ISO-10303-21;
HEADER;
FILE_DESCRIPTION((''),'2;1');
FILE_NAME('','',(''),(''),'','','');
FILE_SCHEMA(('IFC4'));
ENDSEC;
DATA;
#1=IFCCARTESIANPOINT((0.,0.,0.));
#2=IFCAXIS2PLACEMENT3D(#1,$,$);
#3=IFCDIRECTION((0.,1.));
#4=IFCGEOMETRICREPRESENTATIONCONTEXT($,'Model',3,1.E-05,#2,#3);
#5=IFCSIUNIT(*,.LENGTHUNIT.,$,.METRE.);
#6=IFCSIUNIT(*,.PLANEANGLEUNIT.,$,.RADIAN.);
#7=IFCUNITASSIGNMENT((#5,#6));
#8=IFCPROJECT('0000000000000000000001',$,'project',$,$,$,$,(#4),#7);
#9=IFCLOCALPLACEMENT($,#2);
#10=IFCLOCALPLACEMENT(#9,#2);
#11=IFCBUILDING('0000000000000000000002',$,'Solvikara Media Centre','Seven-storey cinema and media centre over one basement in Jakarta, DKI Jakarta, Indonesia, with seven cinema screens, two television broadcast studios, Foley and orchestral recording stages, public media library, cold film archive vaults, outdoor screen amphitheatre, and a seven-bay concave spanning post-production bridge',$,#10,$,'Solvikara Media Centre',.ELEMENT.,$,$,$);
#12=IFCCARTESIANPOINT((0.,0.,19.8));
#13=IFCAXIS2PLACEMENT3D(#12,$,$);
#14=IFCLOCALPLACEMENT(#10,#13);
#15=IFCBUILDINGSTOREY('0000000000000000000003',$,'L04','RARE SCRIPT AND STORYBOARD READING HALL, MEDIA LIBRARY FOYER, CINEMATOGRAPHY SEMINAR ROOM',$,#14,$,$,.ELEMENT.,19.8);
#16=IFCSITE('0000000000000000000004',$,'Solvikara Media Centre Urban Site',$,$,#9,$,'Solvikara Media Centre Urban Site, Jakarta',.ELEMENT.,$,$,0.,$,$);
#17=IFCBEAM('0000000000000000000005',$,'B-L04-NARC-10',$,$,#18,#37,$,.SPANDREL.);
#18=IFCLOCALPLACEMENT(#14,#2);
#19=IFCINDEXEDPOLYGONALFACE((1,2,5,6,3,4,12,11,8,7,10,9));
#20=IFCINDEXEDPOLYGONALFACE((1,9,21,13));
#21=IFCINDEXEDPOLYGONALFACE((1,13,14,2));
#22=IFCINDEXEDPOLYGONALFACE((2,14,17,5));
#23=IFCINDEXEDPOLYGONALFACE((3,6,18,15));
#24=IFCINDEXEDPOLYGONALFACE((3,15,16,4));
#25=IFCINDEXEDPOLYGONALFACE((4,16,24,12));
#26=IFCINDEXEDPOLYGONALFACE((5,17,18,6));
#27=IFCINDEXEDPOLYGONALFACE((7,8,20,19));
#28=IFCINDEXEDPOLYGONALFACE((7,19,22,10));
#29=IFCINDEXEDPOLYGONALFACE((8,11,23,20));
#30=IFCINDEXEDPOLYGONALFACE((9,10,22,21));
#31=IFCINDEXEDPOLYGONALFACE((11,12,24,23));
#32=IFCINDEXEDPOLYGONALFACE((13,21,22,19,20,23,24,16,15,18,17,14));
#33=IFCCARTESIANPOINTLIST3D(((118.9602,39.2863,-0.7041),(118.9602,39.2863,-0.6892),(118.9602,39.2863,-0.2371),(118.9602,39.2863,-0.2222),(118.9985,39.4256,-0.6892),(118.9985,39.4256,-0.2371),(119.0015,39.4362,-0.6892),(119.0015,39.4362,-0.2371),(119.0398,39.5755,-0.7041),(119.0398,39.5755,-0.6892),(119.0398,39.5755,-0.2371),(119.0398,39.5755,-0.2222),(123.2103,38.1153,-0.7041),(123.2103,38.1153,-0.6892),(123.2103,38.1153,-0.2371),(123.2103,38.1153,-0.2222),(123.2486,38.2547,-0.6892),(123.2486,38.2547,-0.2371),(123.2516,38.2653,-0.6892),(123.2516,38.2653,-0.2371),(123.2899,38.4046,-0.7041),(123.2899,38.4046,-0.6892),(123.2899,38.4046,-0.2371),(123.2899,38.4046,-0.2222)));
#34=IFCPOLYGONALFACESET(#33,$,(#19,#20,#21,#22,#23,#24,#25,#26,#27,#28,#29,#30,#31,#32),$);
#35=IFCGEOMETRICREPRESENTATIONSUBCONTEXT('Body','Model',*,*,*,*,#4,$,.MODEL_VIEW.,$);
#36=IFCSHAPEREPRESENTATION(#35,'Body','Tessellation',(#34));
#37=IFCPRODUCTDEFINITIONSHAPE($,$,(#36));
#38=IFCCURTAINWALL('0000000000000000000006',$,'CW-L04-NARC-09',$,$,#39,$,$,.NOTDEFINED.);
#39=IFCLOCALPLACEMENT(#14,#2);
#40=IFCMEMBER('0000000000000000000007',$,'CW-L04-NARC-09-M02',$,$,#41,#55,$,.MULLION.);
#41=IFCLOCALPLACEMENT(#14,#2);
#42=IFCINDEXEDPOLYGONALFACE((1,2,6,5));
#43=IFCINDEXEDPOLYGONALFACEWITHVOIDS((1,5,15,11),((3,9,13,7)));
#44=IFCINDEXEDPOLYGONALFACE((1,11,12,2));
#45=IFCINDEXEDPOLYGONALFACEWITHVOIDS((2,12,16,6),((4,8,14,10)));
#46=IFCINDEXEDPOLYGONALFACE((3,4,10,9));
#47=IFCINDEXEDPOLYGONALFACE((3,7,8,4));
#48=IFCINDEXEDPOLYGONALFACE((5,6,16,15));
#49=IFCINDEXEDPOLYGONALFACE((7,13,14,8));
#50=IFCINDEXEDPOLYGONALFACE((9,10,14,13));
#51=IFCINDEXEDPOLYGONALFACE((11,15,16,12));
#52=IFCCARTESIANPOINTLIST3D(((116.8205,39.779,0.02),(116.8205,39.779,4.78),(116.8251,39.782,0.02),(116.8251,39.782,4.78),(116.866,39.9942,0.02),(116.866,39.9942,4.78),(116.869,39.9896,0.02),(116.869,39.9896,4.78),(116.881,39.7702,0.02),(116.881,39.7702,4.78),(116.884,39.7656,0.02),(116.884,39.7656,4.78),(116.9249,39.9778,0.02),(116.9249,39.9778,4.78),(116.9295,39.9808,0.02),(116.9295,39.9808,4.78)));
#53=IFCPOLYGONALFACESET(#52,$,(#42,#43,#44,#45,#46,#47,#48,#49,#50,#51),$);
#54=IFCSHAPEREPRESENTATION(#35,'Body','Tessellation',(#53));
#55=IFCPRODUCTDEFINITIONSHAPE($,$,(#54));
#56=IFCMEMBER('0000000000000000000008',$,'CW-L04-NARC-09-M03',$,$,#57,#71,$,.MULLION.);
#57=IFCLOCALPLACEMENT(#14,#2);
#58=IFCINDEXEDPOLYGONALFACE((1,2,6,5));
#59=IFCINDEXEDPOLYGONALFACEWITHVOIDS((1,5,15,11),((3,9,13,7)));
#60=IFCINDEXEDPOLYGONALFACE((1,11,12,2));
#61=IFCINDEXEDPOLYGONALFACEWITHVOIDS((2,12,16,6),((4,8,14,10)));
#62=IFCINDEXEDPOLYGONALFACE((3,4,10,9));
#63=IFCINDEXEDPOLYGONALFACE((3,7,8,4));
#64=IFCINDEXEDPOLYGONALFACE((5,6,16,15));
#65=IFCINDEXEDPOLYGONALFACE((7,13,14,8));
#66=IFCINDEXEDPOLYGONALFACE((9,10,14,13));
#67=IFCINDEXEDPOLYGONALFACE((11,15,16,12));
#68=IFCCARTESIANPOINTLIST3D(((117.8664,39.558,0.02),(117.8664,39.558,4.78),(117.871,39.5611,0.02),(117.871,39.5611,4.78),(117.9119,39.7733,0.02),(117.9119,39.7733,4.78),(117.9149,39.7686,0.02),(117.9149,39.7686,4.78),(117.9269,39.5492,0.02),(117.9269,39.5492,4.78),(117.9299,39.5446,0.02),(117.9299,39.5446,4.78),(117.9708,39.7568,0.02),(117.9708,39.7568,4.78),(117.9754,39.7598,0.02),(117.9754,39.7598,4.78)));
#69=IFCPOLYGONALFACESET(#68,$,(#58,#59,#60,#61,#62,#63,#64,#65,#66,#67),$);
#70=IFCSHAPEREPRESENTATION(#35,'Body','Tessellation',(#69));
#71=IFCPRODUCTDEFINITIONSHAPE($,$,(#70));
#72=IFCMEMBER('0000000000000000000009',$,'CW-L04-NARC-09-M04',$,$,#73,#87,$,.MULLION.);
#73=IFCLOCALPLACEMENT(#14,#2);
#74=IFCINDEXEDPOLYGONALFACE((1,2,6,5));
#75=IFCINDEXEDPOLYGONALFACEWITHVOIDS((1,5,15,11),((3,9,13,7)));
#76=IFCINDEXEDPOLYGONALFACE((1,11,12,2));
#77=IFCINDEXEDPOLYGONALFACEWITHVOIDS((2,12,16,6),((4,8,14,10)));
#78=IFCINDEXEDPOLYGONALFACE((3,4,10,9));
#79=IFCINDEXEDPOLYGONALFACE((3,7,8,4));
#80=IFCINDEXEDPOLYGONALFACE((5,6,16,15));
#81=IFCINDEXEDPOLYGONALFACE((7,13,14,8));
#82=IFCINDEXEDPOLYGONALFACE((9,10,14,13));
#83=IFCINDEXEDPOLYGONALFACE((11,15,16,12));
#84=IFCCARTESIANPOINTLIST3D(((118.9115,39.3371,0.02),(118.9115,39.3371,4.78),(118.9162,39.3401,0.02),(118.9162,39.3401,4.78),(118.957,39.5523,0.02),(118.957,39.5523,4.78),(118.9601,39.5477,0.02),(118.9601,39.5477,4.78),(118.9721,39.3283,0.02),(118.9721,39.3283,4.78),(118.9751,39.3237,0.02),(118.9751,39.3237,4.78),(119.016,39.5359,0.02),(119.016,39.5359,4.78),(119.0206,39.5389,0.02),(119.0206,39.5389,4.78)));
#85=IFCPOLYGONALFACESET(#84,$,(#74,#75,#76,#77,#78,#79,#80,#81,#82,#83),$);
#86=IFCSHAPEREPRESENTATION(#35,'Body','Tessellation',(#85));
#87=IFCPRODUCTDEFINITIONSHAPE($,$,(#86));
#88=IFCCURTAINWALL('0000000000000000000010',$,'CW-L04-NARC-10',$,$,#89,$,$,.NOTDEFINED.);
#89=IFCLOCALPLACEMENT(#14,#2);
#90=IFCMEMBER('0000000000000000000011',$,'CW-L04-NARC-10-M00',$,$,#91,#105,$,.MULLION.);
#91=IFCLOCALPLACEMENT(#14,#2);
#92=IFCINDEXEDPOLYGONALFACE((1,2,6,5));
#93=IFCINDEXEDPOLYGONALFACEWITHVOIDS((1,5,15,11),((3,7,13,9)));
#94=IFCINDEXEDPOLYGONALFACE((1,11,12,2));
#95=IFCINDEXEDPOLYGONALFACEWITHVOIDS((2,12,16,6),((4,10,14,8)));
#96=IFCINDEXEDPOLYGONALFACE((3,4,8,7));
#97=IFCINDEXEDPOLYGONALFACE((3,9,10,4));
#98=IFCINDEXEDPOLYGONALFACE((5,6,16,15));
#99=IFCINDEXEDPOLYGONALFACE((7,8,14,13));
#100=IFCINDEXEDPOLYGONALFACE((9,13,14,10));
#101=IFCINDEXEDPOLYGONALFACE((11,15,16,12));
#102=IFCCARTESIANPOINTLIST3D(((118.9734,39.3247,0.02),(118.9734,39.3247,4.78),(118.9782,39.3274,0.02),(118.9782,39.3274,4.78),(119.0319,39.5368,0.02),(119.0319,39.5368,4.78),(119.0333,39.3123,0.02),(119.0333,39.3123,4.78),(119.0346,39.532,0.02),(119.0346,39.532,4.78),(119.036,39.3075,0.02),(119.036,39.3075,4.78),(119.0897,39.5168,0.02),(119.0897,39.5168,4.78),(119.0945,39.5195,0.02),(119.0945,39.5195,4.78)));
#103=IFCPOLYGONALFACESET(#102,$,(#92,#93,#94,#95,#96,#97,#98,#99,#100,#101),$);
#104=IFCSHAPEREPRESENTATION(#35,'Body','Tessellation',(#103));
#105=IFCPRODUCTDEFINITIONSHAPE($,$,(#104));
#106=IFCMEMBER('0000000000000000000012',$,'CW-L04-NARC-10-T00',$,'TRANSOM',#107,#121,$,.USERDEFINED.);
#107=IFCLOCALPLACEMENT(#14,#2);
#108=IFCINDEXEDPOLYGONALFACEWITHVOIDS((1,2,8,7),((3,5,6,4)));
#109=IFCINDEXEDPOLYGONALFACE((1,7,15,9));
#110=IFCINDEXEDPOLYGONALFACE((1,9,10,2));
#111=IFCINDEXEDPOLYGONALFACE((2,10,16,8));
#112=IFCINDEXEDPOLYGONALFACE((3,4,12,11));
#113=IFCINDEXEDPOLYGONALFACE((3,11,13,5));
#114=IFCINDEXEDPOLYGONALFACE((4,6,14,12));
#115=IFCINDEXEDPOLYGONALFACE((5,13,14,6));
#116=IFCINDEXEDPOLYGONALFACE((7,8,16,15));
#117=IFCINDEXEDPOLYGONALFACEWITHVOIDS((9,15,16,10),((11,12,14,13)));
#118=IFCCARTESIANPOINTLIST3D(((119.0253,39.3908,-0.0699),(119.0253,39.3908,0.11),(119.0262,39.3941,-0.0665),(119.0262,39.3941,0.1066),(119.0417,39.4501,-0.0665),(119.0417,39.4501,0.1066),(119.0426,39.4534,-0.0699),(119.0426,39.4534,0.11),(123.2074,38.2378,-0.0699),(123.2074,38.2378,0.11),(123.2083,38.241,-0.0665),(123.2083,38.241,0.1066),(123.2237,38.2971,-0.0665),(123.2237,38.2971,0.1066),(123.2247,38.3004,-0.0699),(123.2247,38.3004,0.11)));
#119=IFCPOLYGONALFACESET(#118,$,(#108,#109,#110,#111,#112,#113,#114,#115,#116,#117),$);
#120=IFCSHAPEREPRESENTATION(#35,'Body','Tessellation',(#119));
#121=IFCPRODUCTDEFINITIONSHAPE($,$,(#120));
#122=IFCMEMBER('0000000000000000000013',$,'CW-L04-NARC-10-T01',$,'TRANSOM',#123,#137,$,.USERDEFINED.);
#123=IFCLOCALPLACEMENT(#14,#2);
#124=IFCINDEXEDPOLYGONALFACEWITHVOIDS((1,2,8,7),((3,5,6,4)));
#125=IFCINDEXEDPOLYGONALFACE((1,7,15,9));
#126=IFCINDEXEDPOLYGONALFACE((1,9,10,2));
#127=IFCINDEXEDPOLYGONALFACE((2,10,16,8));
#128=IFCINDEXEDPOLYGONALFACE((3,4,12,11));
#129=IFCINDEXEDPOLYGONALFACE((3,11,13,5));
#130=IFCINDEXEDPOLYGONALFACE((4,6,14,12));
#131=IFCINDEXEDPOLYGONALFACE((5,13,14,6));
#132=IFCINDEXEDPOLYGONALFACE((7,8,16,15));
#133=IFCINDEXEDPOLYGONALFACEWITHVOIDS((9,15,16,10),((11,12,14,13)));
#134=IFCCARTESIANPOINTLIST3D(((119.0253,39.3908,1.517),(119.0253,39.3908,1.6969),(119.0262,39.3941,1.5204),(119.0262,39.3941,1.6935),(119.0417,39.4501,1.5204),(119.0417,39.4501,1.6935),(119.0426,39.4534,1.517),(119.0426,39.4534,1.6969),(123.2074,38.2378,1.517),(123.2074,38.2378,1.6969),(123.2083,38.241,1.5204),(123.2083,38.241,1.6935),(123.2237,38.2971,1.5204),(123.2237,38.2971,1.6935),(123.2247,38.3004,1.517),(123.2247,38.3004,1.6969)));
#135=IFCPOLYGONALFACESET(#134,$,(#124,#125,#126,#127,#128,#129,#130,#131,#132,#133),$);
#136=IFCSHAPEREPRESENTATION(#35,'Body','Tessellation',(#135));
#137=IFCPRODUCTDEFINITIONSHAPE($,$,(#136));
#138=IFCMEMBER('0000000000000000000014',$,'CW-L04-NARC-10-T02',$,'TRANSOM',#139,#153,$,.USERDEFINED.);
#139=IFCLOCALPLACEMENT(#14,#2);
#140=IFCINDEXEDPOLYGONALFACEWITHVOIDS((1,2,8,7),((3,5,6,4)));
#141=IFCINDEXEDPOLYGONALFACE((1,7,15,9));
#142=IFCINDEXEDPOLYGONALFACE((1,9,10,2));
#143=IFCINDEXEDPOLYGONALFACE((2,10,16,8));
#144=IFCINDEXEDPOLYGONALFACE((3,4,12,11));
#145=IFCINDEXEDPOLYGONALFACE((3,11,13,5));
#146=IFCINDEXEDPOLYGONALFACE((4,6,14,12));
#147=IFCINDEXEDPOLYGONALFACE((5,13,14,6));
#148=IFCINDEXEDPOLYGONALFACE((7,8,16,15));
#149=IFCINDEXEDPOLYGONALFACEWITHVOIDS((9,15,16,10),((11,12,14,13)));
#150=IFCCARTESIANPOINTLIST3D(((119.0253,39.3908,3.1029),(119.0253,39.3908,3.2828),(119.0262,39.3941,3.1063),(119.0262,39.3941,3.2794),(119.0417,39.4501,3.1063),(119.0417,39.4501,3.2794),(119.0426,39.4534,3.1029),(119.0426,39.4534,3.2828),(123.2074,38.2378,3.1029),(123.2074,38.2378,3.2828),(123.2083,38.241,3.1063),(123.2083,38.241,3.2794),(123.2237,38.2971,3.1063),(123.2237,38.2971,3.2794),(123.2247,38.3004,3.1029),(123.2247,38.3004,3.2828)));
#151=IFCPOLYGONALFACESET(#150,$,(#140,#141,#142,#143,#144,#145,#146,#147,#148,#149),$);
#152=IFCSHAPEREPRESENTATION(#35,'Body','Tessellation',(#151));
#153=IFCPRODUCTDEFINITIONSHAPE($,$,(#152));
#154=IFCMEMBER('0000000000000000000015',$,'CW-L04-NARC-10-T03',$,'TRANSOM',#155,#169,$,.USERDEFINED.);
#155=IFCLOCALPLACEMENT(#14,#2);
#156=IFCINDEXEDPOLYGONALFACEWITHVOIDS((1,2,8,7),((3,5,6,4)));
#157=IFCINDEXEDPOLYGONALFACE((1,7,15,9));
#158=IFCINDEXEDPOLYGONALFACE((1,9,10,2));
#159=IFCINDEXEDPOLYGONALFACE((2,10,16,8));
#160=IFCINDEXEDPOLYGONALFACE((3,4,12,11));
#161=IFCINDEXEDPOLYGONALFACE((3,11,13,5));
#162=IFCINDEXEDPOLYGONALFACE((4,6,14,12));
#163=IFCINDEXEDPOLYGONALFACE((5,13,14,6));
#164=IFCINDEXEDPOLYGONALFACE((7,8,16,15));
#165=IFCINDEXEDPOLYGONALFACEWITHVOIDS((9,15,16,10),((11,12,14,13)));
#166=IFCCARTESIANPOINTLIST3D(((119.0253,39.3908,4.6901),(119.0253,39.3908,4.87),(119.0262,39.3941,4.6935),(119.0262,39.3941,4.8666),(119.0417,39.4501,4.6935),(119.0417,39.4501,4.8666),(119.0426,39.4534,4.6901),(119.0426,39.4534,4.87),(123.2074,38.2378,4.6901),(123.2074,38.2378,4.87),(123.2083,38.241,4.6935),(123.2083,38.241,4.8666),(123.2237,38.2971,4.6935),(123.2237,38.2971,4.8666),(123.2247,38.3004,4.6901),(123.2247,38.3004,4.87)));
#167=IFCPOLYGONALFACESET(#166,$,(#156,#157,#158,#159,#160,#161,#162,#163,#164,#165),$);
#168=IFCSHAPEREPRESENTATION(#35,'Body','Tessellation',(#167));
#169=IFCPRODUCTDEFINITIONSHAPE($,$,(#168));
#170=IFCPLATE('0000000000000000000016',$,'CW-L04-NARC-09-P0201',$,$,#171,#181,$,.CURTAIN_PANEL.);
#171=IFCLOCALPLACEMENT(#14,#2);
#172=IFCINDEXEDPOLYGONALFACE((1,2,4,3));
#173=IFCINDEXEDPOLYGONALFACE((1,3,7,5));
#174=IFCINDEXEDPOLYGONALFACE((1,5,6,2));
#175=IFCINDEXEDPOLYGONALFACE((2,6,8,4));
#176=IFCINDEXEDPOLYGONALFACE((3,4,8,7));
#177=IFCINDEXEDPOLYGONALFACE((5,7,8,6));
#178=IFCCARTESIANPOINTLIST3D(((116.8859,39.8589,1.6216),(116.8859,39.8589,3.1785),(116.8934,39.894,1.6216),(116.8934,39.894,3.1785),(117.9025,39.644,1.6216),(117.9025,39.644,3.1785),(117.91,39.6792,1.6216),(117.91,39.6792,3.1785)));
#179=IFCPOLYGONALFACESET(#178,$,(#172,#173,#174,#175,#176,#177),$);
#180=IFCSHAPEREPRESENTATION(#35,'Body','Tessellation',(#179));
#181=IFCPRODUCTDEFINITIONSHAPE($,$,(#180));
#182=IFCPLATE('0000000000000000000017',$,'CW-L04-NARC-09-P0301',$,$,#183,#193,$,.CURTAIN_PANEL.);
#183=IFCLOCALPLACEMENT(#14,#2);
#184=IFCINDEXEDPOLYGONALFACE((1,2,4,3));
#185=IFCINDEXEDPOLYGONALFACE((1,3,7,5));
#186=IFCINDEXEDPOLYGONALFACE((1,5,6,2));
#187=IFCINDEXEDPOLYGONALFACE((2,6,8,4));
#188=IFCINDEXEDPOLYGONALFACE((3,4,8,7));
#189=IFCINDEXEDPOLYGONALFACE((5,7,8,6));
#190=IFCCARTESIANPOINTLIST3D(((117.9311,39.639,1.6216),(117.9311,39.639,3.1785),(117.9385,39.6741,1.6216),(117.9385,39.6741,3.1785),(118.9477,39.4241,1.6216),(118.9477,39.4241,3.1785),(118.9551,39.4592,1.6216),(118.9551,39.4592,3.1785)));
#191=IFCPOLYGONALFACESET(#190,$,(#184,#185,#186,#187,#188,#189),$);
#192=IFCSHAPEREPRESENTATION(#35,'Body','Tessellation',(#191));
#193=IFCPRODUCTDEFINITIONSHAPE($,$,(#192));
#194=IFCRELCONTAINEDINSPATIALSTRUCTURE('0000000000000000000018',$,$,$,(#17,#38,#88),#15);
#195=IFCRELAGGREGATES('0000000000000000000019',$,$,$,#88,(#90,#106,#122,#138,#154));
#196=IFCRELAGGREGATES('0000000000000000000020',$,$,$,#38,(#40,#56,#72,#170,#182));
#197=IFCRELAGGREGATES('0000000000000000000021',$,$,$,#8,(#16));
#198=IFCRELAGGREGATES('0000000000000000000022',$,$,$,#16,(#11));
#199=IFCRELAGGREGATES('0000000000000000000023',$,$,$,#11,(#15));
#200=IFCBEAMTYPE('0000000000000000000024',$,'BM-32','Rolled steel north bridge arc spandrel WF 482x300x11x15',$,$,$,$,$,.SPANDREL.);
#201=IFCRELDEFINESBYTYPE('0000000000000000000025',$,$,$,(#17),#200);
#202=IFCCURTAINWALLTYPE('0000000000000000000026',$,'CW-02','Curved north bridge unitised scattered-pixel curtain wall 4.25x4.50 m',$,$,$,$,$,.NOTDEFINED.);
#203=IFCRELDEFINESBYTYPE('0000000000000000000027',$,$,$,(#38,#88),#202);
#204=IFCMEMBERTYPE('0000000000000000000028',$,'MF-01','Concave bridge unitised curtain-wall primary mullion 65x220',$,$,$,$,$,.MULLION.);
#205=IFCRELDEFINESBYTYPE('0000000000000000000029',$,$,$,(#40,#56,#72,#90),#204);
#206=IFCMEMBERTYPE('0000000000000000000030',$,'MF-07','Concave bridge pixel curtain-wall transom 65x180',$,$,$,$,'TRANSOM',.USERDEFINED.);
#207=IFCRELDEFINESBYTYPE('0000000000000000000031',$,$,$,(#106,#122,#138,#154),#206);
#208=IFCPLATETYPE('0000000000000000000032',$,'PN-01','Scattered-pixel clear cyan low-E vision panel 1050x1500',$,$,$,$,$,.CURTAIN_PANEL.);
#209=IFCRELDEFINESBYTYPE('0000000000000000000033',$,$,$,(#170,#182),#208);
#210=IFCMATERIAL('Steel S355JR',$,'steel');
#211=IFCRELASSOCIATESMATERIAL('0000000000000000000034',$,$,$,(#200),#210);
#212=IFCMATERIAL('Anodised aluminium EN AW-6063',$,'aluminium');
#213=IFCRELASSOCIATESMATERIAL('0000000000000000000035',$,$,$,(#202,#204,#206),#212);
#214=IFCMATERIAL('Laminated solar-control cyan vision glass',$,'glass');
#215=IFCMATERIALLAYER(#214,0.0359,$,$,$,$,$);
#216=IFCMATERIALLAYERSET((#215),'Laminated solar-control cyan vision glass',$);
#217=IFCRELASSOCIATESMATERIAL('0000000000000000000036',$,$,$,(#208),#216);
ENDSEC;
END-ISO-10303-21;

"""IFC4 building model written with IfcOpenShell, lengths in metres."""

from ifc_helpers import new_model, si_unit, direction, frame, origin, origin_2d, place, context, subcontext, project, spatial, rectangle, hollow_rectangle, i_section, extrude, material, layer, layer_set, material_profile, profile_set, type_object, element, aggregate, save


model = new_model("IFC4")

# Units and contexts
model_context = context("Model", 3, precision=1e-05, world=origin(), true_north=direction((0.0, 1.0)))
body_context = subcontext(model_context, "Body", "Model", "MODEL_VIEW")
ifc_project = project(units=[si_unit("LENGTHUNIT", "METRE"), si_unit("PLANEANGLEUNIT", "RADIAN")], contexts=[model_context])

# Site, building, storey
site_placement = place(None, origin())
site = spatial("IfcSite", under=ifc_project, at=site_placement, Name="Solvikara Media Centre Urban Site", LongName="Solvikara Media Centre Urban Site, Jakarta", CompositionType="ELEMENT", RefElevation=0.0)
building_placement = place(site_placement, origin())
building = spatial("IfcBuilding", under=site, at=building_placement, Name="Solvikara Media Centre", Description="Seven-storey cinema and media centre over one basement in Jakarta, DKI Jakarta, Indonesia, with seven cinema screens, two television broadcast studios, Foley and orchestral recording stages, public media library, cold film archive vaults, outdoor screen amphitheatre, and a seven-bay concave spanning post-production bridge", LongName="Solvikara Media Centre", CompositionType="ELEMENT")
storey_placement = place(building_placement, frame((0.0, 0.0, 19.8)))
storey = spatial("IfcBuildingStorey", under=building, at=storey_placement, Name="L04", Description="RARE SCRIPT AND STORYBOARD READING HALL, MEDIA LIBRARY FOYER, CINEMATOGRAPHY SEMINAR ROOM", CompositionType="ELEMENT", Elevation=19.8)

# Beam
ifc_material_1 = material(Name="Steel S355JR", Category="steel")
ifc_material_profile_1 = material_profile(ifc_material_1, i_section(OverallWidth=0.3, OverallDepth=0.4819, WebThickness=0.011, FlangeThickness=0.0149, at=origin_2d()), Name="WF 482x300x11x15")
ifc_profile_set_1 = profile_set([ifc_material_profile_1], Name="Steel S355JR")
beam_type = type_object("IfcBeamType", Name="BM-32", Description="Rolled steel north bridge arc spandrel WF 482x300x11x15", PredefinedType="SPANDREL", material=ifc_profile_set_1)
beam_placement = place(storey_placement, frame((119.0, 39.4309, -0.4631), z_axis=(0.964081, -0.26561, 0.0), x_axis=(0.26561, 0.964081, 0.0)))
element("IfcBeam", 1, at=beam_placement, inside=storey, type_object=beam_type, Name="B-L04-NARC-10", PredefinedType="SPANDREL", context=body_context, shape_type="SweptSolid", body=[
    extrude(i_section(OverallWidth=0.3, OverallDepth=0.4819, WebThickness=0.011, FlangeThickness=0.0149, at=origin_2d()), origin(), (0.0, 0.0, 1.0), 4.4084),
])

# Curtain walls, members
ifc_material_2 = material(Name="Anodised aluminium EN AW-6063", Category="aluminium")
curtain_wall_type = type_object("IfcCurtainWallType", Name="CW-02", Description="Curved north bridge unitised scattered-pixel curtain wall 4.25x4.50 m", PredefinedType="NOTDEFINED", material=ifc_material_2)
curtain_wall_1_placement = place(storey_placement, origin())
curtain_wall_1 = element("IfcCurtainWall", 2, at=curtain_wall_1_placement, inside=storey, type_object=curtain_wall_type, Name="CW-L04-NARC-09", PredefinedType="NOTDEFINED")
ifc_material_profile_2 = material_profile(ifc_material_2, hollow_rectangle(XDim=0.0649, YDim=0.22, WallThickness=0.0039, at=origin_2d()), Name="ALU-M 65x220x4")
ifc_profile_set_2 = profile_set([ifc_material_profile_2], Name="Anodised aluminium EN AW-6063")
member_type_1 = type_object("IfcMemberType", Name="MF-01", Description="Concave bridge unitised curtain-wall primary mullion 65x220", PredefinedType="MULLION", material=ifc_profile_set_2)
member_1_placement = place(storey_placement, frame((116.875, 39.8799, 0.02), z_axis=(0.0, 0.0, 1.0), x_axis=(0.978379, -0.206819, 0.0)))
member_1 = element("IfcMember", 3, at=member_1_placement, type_object=member_type_1, Name="CW-L04-NARC-09-M02", PredefinedType="MULLION", context=body_context, shape_type="SweptSolid", body=[
    extrude(hollow_rectangle(XDim=0.0649, YDim=0.22, WallThickness=0.0039, at=origin_2d()), origin(), (0.0, 0.0, 1.0), 4.76),
])
member_2_placement = place(storey_placement, frame((117.9209, 39.6589, 0.02), z_axis=(0.0, 0.0, 1.0), x_axis=(0.978379, -0.206819, 0.0)))
member_2 = element("IfcMember", 4, at=member_2_placement, type_object=member_type_1, Name="CW-L04-NARC-09-M03", PredefinedType="MULLION", context=body_context, shape_type="SweptSolid", body=[
    extrude(hollow_rectangle(XDim=0.0649, YDim=0.22, WallThickness=0.0039, at=origin_2d()), origin(), (0.0, 0.0, 1.0), 4.76),
])
member_3_placement = place(storey_placement, frame((118.9661, 39.438, 0.02), z_axis=(0.0, 0.0, 1.0), x_axis=(0.978379, -0.206819, 0.0)))
member_3 = element("IfcMember", 5, at=member_3_placement, type_object=member_type_1, Name="CW-L04-NARC-09-M04", PredefinedType="MULLION", context=body_context, shape_type="SweptSolid", body=[
    extrude(hollow_rectangle(XDim=0.0649, YDim=0.22, WallThickness=0.0039, at=origin_2d()), origin(), (0.0, 0.0, 1.0), 4.76),
])
curtain_wall_2_placement = place(storey_placement, origin())
curtain_wall_2 = element("IfcCurtainWall", 6, at=curtain_wall_2_placement, inside=storey, type_object=curtain_wall_type, Name="CW-L04-NARC-10", PredefinedType="NOTDEFINED")
member_4_placement = place(storey_placement, frame((119.0339, 39.4221, 0.02), z_axis=(0.0, 0.0, 1.0), x_axis=(0.96403, -0.265792, 0.0)))
member_4 = element("IfcMember", 7, at=member_4_placement, type_object=member_type_1, Name="CW-L04-NARC-10-M00", PredefinedType="MULLION", context=body_context, shape_type="SweptSolid", body=[
    extrude(hollow_rectangle(XDim=0.0649, YDim=0.22, WallThickness=0.0039, at=origin_2d()), origin(), (0.0, 0.0, 1.0), 4.76),
])
ifc_material_profile_3 = material_profile(ifc_material_2, hollow_rectangle(XDim=0.0649, YDim=0.1799, WallThickness=0.0034, at=origin_2d()), Name="ALU-T 65x180x3.5")
ifc_profile_set_3 = profile_set([ifc_material_profile_3], Name="Anodised aluminium EN AW-6063")
member_type_2 = type_object("IfcMemberType", Name="MF-07", Description="Concave bridge pixel curtain-wall transom 65x180", ElementType="TRANSOM", PredefinedType="USERDEFINED", material=ifc_profile_set_3)
member_5_placement = place(storey_placement, frame((119.0339, 39.4221, 0.02), z_axis=(0.964029, -0.265797, 0.0), x_axis=(0.265797, 0.964029, 0.0)))
member_5 = element("IfcMember", 8, at=member_5_placement, type_object=member_type_2, Name="CW-L04-NARC-10-T00", ObjectType="TRANSOM", PredefinedType="USERDEFINED", context=body_context, shape_type="SweptSolid", body=[
    extrude(hollow_rectangle(XDim=0.0649, YDim=0.1799, WallThickness=0.0034, at=origin_2d()), origin(), (0.0, 0.0, 1.0), 4.3381),
])
member_6_placement = place(storey_placement, frame((119.0339, 39.4221, 1.6069), z_axis=(0.964029, -0.265797, 0.0), x_axis=(0.265797, 0.964029, 0.0)))
member_6 = element("IfcMember", 9, at=member_6_placement, type_object=member_type_2, Name="CW-L04-NARC-10-T01", ObjectType="TRANSOM", PredefinedType="USERDEFINED", context=body_context, shape_type="SweptSolid", body=[
    extrude(hollow_rectangle(XDim=0.0649, YDim=0.1799, WallThickness=0.0034, at=origin_2d()), origin(), (0.0, 0.0, 1.0), 4.3381),
])
member_7_placement = place(storey_placement, frame((119.0339, 39.4221, 3.1929), z_axis=(0.964029, -0.265797, 0.0), x_axis=(0.265797, 0.964029, 0.0)))
member_7 = element("IfcMember", 10, at=member_7_placement, type_object=member_type_2, Name="CW-L04-NARC-10-T02", ObjectType="TRANSOM", PredefinedType="USERDEFINED", context=body_context, shape_type="SweptSolid", body=[
    extrude(hollow_rectangle(XDim=0.0649, YDim=0.1799, WallThickness=0.0034, at=origin_2d()), origin(), (0.0, 0.0, 1.0), 4.3381),
])
member_8_placement = place(storey_placement, frame((119.0339, 39.4221, 4.78), z_axis=(0.964029, -0.265797, 0.0), x_axis=(0.265797, 0.964029, 0.0)))
member_8 = element("IfcMember", 11, at=member_8_placement, type_object=member_type_2, Name="CW-L04-NARC-10-T03", ObjectType="TRANSOM", PredefinedType="USERDEFINED", context=body_context, shape_type="SweptSolid", body=[
    extrude(hollow_rectangle(XDim=0.0649, YDim=0.1799, WallThickness=0.0034, at=origin_2d()), origin(), (0.0, 0.0, 1.0), 4.3381),
])

# Plates
ifc_material_3 = material(Name="Laminated solar-control cyan vision glass", Category="glass")
ifc_layer_1 = layer(ifc_material_3, 0.0359)
ifc_layer_set_1 = layer_set([ifc_layer_1], Name="Laminated solar-control cyan vision glass")
plate_type_1 = type_object("IfcPlateType", Name="PN-01", Description="Scattered-pixel clear cyan low-E vision panel 1050x1500", PredefinedType="CURTAIN_PANEL", material=ifc_layer_set_1)
plate_1_placement = place(storey_placement, frame((117.3979, 39.769, 1.6216), z_axis=(0.0, 0.0, 1.0), x_axis=(0.978379, -0.206819, 0.0)))
plate_1 = element("IfcPlate", 12, at=plate_1_placement, type_object=plate_type_1, Name="CW-L04-NARC-09-P0201", PredefinedType="CURTAIN_PANEL", context=body_context, shape_type="SweptSolid", body=[
    extrude(rectangle(XDim=1.0391, YDim=0.0359, at=origin_2d()), origin(), (0.0, 0.0, 1.0), 1.5569),
])
plate_2_placement = place(storey_placement, frame((118.4431, 39.5491, 1.6216), z_axis=(0.0, 0.0, 1.0), x_axis=(0.978379, -0.206819, 0.0)))
plate_2 = element("IfcPlate", 13, at=plate_2_placement, type_object=plate_type_1, Name="CW-L04-NARC-09-P0301", PredefinedType="CURTAIN_PANEL", context=body_context, shape_type="SweptSolid", body=[
    extrude(rectangle(XDim=1.0391, YDim=0.0359, at=origin_2d()), origin(), (0.0, 0.0, 1.0), 1.5569),
])
aggregate(curtain_wall_2, [member_4, member_5, member_6, member_7, member_8])
aggregate(curtain_wall_1, [member_1, member_2, member_3, plate_1, plate_2])

save(model, "model.ifc")
